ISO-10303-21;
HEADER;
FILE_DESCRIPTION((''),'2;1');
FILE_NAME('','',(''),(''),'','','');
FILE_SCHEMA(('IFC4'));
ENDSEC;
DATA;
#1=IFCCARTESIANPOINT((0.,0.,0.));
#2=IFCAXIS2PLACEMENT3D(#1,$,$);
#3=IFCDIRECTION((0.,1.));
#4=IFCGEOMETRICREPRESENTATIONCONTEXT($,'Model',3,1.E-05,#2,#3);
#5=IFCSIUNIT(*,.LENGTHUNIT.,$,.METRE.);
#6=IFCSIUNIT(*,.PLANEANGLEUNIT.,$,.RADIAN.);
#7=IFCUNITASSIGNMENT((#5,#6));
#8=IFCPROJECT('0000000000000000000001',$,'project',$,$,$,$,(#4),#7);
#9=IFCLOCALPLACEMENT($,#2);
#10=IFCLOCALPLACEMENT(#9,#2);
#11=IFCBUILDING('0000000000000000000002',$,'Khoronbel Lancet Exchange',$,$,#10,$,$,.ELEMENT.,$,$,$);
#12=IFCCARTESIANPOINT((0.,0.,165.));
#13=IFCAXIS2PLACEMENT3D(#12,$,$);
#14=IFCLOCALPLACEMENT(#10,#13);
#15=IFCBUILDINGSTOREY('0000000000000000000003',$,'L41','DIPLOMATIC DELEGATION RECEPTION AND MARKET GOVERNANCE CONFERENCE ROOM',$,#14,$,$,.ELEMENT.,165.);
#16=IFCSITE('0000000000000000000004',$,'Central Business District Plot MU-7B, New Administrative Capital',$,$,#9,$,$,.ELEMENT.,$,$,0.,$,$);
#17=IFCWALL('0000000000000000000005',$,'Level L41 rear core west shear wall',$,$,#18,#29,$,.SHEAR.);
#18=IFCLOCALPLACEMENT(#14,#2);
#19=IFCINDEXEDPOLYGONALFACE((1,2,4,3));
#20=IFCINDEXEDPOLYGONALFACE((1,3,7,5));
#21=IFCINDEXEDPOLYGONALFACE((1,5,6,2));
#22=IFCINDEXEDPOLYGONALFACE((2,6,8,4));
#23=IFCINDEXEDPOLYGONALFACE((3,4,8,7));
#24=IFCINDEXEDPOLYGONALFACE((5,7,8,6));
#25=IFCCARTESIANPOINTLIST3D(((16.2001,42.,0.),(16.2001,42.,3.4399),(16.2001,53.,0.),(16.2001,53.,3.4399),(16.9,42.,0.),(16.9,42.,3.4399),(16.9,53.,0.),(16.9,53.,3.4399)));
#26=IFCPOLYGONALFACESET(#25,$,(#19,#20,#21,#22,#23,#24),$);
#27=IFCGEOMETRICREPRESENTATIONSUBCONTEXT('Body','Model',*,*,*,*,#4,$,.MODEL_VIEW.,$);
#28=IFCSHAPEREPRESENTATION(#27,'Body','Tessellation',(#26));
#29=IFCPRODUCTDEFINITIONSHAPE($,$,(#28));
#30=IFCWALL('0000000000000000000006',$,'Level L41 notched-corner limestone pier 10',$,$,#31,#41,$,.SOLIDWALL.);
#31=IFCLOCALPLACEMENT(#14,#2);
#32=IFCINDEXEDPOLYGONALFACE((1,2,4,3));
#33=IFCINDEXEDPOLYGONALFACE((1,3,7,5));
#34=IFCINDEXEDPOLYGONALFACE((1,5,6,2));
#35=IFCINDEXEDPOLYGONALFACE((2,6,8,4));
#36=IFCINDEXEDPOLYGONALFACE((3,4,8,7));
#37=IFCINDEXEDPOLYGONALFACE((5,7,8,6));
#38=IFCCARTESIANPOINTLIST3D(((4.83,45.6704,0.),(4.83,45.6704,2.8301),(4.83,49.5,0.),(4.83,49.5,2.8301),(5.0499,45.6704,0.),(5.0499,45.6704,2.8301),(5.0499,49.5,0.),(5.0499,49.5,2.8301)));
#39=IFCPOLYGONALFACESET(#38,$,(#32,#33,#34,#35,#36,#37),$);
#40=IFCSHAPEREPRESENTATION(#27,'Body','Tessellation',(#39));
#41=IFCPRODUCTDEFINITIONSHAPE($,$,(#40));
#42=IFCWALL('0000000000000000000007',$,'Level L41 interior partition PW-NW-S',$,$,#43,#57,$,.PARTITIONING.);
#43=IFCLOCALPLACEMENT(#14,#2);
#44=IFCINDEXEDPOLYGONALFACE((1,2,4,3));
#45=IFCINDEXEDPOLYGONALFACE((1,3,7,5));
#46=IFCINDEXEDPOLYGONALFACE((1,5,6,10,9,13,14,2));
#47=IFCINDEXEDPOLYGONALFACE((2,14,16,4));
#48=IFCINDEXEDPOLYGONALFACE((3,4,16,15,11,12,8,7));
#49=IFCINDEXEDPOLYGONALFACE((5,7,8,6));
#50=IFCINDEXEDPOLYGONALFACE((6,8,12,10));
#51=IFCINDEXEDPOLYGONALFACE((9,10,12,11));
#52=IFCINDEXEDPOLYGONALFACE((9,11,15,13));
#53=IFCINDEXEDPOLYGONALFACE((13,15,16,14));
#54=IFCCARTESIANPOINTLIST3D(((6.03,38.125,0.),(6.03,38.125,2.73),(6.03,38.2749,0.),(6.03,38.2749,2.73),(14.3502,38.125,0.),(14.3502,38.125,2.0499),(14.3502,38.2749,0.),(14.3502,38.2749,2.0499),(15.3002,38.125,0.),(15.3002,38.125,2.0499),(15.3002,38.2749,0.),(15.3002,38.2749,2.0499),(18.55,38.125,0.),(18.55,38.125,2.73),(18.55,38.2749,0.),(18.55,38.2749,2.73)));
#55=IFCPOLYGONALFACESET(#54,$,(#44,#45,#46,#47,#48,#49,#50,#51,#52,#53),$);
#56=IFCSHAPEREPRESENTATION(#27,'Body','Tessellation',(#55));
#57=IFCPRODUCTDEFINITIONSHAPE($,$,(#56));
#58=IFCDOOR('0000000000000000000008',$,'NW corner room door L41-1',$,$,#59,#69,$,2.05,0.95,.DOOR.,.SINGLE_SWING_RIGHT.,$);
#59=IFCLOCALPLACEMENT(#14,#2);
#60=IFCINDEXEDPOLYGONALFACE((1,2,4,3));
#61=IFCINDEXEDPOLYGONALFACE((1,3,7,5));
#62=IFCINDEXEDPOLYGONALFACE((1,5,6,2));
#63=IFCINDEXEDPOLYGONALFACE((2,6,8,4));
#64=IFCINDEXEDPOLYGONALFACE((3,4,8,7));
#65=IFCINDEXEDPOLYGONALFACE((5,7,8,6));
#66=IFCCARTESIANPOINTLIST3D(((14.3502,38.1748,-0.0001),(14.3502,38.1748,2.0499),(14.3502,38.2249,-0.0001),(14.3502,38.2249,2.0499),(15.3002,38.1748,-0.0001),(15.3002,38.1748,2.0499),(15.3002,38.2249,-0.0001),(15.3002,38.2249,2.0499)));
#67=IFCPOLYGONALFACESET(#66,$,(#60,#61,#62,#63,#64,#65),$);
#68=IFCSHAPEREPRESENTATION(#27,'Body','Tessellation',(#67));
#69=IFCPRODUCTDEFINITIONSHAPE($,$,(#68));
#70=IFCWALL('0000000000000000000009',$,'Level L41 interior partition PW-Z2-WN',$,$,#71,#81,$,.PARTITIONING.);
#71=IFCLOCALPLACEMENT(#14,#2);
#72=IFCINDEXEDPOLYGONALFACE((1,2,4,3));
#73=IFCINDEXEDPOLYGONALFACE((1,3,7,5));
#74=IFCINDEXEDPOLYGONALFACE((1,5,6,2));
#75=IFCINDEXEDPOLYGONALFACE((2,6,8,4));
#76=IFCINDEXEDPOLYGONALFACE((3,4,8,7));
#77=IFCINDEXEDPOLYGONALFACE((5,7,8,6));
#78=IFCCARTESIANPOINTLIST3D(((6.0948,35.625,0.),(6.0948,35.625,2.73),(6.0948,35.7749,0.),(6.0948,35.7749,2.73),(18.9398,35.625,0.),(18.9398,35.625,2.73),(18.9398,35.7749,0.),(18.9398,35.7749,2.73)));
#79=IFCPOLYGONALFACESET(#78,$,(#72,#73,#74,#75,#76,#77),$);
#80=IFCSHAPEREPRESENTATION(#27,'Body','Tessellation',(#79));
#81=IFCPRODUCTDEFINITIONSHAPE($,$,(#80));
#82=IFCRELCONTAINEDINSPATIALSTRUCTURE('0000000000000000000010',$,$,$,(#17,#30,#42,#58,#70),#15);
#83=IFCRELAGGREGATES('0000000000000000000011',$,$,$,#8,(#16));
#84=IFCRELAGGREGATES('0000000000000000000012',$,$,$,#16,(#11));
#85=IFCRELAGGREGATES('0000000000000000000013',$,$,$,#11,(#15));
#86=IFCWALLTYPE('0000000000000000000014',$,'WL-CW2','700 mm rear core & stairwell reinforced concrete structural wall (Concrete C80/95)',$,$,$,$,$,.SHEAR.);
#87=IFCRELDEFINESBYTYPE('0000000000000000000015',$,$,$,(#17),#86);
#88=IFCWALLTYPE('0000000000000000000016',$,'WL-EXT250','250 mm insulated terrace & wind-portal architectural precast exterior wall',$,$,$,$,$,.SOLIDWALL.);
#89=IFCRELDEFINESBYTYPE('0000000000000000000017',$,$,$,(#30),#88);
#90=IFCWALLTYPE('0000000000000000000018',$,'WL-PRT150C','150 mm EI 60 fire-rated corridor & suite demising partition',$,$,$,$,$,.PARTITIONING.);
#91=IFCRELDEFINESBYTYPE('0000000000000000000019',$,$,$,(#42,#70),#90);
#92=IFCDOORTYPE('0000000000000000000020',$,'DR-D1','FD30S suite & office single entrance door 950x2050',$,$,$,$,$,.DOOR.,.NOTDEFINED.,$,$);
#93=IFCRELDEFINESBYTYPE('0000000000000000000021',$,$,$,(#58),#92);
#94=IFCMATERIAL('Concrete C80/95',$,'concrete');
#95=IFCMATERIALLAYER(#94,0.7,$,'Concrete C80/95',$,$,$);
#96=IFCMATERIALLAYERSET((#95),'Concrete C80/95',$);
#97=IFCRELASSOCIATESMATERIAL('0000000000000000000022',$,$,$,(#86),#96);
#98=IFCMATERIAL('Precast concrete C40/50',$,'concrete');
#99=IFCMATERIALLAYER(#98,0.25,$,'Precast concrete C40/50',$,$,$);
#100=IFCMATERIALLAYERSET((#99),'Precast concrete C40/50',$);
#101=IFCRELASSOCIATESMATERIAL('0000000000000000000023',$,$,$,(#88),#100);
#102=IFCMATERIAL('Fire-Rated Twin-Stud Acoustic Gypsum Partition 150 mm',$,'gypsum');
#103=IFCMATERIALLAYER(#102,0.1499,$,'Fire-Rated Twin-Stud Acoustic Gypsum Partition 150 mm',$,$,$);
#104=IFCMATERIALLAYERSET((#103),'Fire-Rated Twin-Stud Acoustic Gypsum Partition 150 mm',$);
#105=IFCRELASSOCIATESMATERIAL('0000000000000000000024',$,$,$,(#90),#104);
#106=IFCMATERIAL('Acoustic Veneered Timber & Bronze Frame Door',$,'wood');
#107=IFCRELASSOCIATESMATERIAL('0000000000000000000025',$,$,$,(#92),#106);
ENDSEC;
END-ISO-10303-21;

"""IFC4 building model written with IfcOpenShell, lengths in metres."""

from ifc_helpers import new_model, si_unit, direction, frame, frame_2d, origin, place, context, subcontext, project, spatial, rectangle, extrude, material, layer, layer_set, type_object, element, fill, save


model = new_model("IFC4")

# Units and contexts
model_context = context("Model", 3, precision=1e-05, world=origin(), true_north=direction((0.0, 1.0)))
body_context = subcontext(model_context, "Body", "Model", "MODEL_VIEW")
ifc_project = project(units=[si_unit("LENGTHUNIT", "METRE"), si_unit("PLANEANGLEUNIT", "RADIAN")], contexts=[model_context])

# Site, building, storey
site_placement = place(None, origin())
site = spatial("IfcSite", under=ifc_project, at=site_placement, Name="Central Business District Plot MU-7B, New Administrative Capital", CompositionType="ELEMENT", RefElevation=0.0)
building_placement = place(site_placement, origin())
building = spatial("IfcBuilding", under=site, at=building_placement, Name="Khoronbel Lancet Exchange", CompositionType="ELEMENT")
storey_placement = place(building_placement, frame((0.0, 0.0, 165.0)))
storey = spatial("IfcBuildingStorey", under=building, at=storey_placement, Name="L41", Description="DIPLOMATIC DELEGATION RECEPTION AND MARKET GOVERNANCE CONFERENCE ROOM", CompositionType="ELEMENT", Elevation=165.0)

# Walls
ifc_material_1 = material(Name="Concrete C80/95", Category="concrete")
ifc_layer_1 = layer(ifc_material_1, 0.7, Name="Concrete C80/95")
ifc_layer_set_1 = layer_set([ifc_layer_1], Name="Concrete C80/95")
wall_type_1 = type_object("IfcWallType", Name="WL-CW2", Description="700 mm rear core & stairwell reinforced concrete structural wall (Concrete C80/95)", PredefinedType="SHEAR", material=ifc_layer_set_1)
wall_1_placement = place(storey_placement, frame((16.55, 42.0, 0.0), z_axis=(0.0, 0.0, 1.0), x_axis=(0.0, 1.0, 0.0)))
element("IfcWall", 1, at=wall_1_placement, inside=storey, type_object=wall_type_1, Name="Level L41 rear core west shear wall", PredefinedType="SHEAR", context=body_context, shape_type="SweptSolid", body=[
    extrude(rectangle(XDim=11.0, YDim=0.7, at=frame_2d((5.5, 0.0))), origin(), (0.0, 0.0, 1.0), 3.4399),
])
ifc_material_2 = material(Name="Precast concrete C40/50", Category="concrete")
ifc_layer_2 = layer(ifc_material_2, 0.25, Name="Precast concrete C40/50")
ifc_layer_set_2 = layer_set([ifc_layer_2], Name="Precast concrete C40/50")
wall_type_2 = type_object("IfcWallType", Name="WL-EXT250", Description="250 mm insulated terrace & wind-portal architectural precast exterior wall", PredefinedType="SOLIDWALL", material=ifc_layer_set_2)
wall_2_placement = place(storey_placement, frame((4.9399, 45.6704, 0.0), z_axis=(0.0, 0.0, 1.0), x_axis=(0.0, 1.0, 0.0)))
element("IfcWall", 2, at=wall_2_placement, inside=storey, type_object=wall_type_2, Name="Level L41 notched-corner limestone pier 10", PredefinedType="SOLIDWALL", context=body_context, shape_type="SweptSolid", body=[
    extrude(rectangle(XDim=3.8296, YDim=0.22, at=frame_2d((1.9148, 0.0))), origin(), (0.0, 0.0, 1.0), 2.8301),
])

# Wall, opening, door
ifc_material_3 = material(Name="Fire-Rated Twin-Stud Acoustic Gypsum Partition 150 mm", Category="gypsum")
ifc_layer_3 = layer(ifc_material_3, 0.1499, Name="Fire-Rated Twin-Stud Acoustic Gypsum Partition 150 mm")
ifc_layer_set_3 = layer_set([ifc_layer_3], Name="Fire-Rated Twin-Stud Acoustic Gypsum Partition 150 mm")
wall_type_3 = type_object("IfcWallType", Name="WL-PRT150C", Description="150 mm EI 60 fire-rated corridor & suite demising partition", PredefinedType="PARTITIONING", material=ifc_layer_set_3)
wall_3_placement = place(storey_placement, frame((6.03, 38.2, 0.0), z_axis=(0.0, 0.0, 1.0), x_axis=(1.0, 0.0, 0.0)))
wall_3 = element("IfcWall", 3, at=wall_3_placement, inside=storey, type_object=wall_type_3, Name="Level L41 interior partition PW-NW-S", PredefinedType="PARTITIONING", context=body_context, shape_type="SweptSolid", body=[
    extrude(rectangle(XDim=12.52, YDim=0.1499, at=frame_2d((6.26, 0.0))), origin(), (0.0, 0.0, 1.0), 2.73),
])
opening_1_placement = place(wall_3_placement, frame((8.3201, 0.0, 0.0)))
opening_1 = element("IfcOpeningElement", 4, at=opening_1_placement, cuts=wall_3, PredefinedType="OPENING", context=body_context, shape_type="SweptSolid", body=[
    extrude(rectangle(XDim=0.95, YDim=2.05, at=frame_2d((0.4751, 1.0249))), frame((0.0, 0.085, 0.0), z_axis=(0.0, -1.0, 0.0), x_axis=(1.0, 0.0, 0.0)), (0.0, 0.0, 1.0), 0.1699),
])
ifc_material_4 = material(Name="Acoustic Veneered Timber & Bronze Frame Door", Category="wood")
door_type_1 = type_object("IfcDoorType", Name="DR-D1", Description="FD30S suite & office single entrance door 950x2050", OperationType="NOTDEFINED", PredefinedType="DOOR", material=ifc_material_4)
door_1_placement = place(opening_1_placement, origin())
door_1 = element("IfcDoor", 5, at=door_1_placement, inside=storey, type_object=door_type_1, Name="NW corner room door L41-1", OperationType="SINGLE_SWING_RIGHT", OverallHeight=2.05, OverallWidth=0.95, PredefinedType="DOOR", context=body_context, shape_type="SweptSolid", body=[
    extrude(rectangle(XDim=0.95, YDim=2.05, at=frame_2d((0.4751, 1.0249))), frame((0.0, 0.0249, 0.0), z_axis=(0.0, -1.0, 0.0), x_axis=(1.0, 0.0, 0.0)), (0.0, 0.0, 1.0), 0.05),
])
fill(opening_1, door_1)

# Wall
wall_4_placement = place(storey_placement, frame((6.095, 35.7, 0.0), z_axis=(0.0, 0.0, 1.0), x_axis=(1.0, 0.0, 0.0)))
element("IfcWall", 6, at=wall_4_placement, inside=storey, type_object=wall_type_3, Name="Level L41 interior partition PW-Z2-WN", PredefinedType="PARTITIONING", context=body_context, shape_type="SweptSolid", body=[
    extrude(rectangle(XDim=12.845, YDim=0.1499, at=frame_2d((6.4224, 0.0))), origin(), (0.0, 0.0, 1.0), 2.73),
])

save(model, "model.ifc")
